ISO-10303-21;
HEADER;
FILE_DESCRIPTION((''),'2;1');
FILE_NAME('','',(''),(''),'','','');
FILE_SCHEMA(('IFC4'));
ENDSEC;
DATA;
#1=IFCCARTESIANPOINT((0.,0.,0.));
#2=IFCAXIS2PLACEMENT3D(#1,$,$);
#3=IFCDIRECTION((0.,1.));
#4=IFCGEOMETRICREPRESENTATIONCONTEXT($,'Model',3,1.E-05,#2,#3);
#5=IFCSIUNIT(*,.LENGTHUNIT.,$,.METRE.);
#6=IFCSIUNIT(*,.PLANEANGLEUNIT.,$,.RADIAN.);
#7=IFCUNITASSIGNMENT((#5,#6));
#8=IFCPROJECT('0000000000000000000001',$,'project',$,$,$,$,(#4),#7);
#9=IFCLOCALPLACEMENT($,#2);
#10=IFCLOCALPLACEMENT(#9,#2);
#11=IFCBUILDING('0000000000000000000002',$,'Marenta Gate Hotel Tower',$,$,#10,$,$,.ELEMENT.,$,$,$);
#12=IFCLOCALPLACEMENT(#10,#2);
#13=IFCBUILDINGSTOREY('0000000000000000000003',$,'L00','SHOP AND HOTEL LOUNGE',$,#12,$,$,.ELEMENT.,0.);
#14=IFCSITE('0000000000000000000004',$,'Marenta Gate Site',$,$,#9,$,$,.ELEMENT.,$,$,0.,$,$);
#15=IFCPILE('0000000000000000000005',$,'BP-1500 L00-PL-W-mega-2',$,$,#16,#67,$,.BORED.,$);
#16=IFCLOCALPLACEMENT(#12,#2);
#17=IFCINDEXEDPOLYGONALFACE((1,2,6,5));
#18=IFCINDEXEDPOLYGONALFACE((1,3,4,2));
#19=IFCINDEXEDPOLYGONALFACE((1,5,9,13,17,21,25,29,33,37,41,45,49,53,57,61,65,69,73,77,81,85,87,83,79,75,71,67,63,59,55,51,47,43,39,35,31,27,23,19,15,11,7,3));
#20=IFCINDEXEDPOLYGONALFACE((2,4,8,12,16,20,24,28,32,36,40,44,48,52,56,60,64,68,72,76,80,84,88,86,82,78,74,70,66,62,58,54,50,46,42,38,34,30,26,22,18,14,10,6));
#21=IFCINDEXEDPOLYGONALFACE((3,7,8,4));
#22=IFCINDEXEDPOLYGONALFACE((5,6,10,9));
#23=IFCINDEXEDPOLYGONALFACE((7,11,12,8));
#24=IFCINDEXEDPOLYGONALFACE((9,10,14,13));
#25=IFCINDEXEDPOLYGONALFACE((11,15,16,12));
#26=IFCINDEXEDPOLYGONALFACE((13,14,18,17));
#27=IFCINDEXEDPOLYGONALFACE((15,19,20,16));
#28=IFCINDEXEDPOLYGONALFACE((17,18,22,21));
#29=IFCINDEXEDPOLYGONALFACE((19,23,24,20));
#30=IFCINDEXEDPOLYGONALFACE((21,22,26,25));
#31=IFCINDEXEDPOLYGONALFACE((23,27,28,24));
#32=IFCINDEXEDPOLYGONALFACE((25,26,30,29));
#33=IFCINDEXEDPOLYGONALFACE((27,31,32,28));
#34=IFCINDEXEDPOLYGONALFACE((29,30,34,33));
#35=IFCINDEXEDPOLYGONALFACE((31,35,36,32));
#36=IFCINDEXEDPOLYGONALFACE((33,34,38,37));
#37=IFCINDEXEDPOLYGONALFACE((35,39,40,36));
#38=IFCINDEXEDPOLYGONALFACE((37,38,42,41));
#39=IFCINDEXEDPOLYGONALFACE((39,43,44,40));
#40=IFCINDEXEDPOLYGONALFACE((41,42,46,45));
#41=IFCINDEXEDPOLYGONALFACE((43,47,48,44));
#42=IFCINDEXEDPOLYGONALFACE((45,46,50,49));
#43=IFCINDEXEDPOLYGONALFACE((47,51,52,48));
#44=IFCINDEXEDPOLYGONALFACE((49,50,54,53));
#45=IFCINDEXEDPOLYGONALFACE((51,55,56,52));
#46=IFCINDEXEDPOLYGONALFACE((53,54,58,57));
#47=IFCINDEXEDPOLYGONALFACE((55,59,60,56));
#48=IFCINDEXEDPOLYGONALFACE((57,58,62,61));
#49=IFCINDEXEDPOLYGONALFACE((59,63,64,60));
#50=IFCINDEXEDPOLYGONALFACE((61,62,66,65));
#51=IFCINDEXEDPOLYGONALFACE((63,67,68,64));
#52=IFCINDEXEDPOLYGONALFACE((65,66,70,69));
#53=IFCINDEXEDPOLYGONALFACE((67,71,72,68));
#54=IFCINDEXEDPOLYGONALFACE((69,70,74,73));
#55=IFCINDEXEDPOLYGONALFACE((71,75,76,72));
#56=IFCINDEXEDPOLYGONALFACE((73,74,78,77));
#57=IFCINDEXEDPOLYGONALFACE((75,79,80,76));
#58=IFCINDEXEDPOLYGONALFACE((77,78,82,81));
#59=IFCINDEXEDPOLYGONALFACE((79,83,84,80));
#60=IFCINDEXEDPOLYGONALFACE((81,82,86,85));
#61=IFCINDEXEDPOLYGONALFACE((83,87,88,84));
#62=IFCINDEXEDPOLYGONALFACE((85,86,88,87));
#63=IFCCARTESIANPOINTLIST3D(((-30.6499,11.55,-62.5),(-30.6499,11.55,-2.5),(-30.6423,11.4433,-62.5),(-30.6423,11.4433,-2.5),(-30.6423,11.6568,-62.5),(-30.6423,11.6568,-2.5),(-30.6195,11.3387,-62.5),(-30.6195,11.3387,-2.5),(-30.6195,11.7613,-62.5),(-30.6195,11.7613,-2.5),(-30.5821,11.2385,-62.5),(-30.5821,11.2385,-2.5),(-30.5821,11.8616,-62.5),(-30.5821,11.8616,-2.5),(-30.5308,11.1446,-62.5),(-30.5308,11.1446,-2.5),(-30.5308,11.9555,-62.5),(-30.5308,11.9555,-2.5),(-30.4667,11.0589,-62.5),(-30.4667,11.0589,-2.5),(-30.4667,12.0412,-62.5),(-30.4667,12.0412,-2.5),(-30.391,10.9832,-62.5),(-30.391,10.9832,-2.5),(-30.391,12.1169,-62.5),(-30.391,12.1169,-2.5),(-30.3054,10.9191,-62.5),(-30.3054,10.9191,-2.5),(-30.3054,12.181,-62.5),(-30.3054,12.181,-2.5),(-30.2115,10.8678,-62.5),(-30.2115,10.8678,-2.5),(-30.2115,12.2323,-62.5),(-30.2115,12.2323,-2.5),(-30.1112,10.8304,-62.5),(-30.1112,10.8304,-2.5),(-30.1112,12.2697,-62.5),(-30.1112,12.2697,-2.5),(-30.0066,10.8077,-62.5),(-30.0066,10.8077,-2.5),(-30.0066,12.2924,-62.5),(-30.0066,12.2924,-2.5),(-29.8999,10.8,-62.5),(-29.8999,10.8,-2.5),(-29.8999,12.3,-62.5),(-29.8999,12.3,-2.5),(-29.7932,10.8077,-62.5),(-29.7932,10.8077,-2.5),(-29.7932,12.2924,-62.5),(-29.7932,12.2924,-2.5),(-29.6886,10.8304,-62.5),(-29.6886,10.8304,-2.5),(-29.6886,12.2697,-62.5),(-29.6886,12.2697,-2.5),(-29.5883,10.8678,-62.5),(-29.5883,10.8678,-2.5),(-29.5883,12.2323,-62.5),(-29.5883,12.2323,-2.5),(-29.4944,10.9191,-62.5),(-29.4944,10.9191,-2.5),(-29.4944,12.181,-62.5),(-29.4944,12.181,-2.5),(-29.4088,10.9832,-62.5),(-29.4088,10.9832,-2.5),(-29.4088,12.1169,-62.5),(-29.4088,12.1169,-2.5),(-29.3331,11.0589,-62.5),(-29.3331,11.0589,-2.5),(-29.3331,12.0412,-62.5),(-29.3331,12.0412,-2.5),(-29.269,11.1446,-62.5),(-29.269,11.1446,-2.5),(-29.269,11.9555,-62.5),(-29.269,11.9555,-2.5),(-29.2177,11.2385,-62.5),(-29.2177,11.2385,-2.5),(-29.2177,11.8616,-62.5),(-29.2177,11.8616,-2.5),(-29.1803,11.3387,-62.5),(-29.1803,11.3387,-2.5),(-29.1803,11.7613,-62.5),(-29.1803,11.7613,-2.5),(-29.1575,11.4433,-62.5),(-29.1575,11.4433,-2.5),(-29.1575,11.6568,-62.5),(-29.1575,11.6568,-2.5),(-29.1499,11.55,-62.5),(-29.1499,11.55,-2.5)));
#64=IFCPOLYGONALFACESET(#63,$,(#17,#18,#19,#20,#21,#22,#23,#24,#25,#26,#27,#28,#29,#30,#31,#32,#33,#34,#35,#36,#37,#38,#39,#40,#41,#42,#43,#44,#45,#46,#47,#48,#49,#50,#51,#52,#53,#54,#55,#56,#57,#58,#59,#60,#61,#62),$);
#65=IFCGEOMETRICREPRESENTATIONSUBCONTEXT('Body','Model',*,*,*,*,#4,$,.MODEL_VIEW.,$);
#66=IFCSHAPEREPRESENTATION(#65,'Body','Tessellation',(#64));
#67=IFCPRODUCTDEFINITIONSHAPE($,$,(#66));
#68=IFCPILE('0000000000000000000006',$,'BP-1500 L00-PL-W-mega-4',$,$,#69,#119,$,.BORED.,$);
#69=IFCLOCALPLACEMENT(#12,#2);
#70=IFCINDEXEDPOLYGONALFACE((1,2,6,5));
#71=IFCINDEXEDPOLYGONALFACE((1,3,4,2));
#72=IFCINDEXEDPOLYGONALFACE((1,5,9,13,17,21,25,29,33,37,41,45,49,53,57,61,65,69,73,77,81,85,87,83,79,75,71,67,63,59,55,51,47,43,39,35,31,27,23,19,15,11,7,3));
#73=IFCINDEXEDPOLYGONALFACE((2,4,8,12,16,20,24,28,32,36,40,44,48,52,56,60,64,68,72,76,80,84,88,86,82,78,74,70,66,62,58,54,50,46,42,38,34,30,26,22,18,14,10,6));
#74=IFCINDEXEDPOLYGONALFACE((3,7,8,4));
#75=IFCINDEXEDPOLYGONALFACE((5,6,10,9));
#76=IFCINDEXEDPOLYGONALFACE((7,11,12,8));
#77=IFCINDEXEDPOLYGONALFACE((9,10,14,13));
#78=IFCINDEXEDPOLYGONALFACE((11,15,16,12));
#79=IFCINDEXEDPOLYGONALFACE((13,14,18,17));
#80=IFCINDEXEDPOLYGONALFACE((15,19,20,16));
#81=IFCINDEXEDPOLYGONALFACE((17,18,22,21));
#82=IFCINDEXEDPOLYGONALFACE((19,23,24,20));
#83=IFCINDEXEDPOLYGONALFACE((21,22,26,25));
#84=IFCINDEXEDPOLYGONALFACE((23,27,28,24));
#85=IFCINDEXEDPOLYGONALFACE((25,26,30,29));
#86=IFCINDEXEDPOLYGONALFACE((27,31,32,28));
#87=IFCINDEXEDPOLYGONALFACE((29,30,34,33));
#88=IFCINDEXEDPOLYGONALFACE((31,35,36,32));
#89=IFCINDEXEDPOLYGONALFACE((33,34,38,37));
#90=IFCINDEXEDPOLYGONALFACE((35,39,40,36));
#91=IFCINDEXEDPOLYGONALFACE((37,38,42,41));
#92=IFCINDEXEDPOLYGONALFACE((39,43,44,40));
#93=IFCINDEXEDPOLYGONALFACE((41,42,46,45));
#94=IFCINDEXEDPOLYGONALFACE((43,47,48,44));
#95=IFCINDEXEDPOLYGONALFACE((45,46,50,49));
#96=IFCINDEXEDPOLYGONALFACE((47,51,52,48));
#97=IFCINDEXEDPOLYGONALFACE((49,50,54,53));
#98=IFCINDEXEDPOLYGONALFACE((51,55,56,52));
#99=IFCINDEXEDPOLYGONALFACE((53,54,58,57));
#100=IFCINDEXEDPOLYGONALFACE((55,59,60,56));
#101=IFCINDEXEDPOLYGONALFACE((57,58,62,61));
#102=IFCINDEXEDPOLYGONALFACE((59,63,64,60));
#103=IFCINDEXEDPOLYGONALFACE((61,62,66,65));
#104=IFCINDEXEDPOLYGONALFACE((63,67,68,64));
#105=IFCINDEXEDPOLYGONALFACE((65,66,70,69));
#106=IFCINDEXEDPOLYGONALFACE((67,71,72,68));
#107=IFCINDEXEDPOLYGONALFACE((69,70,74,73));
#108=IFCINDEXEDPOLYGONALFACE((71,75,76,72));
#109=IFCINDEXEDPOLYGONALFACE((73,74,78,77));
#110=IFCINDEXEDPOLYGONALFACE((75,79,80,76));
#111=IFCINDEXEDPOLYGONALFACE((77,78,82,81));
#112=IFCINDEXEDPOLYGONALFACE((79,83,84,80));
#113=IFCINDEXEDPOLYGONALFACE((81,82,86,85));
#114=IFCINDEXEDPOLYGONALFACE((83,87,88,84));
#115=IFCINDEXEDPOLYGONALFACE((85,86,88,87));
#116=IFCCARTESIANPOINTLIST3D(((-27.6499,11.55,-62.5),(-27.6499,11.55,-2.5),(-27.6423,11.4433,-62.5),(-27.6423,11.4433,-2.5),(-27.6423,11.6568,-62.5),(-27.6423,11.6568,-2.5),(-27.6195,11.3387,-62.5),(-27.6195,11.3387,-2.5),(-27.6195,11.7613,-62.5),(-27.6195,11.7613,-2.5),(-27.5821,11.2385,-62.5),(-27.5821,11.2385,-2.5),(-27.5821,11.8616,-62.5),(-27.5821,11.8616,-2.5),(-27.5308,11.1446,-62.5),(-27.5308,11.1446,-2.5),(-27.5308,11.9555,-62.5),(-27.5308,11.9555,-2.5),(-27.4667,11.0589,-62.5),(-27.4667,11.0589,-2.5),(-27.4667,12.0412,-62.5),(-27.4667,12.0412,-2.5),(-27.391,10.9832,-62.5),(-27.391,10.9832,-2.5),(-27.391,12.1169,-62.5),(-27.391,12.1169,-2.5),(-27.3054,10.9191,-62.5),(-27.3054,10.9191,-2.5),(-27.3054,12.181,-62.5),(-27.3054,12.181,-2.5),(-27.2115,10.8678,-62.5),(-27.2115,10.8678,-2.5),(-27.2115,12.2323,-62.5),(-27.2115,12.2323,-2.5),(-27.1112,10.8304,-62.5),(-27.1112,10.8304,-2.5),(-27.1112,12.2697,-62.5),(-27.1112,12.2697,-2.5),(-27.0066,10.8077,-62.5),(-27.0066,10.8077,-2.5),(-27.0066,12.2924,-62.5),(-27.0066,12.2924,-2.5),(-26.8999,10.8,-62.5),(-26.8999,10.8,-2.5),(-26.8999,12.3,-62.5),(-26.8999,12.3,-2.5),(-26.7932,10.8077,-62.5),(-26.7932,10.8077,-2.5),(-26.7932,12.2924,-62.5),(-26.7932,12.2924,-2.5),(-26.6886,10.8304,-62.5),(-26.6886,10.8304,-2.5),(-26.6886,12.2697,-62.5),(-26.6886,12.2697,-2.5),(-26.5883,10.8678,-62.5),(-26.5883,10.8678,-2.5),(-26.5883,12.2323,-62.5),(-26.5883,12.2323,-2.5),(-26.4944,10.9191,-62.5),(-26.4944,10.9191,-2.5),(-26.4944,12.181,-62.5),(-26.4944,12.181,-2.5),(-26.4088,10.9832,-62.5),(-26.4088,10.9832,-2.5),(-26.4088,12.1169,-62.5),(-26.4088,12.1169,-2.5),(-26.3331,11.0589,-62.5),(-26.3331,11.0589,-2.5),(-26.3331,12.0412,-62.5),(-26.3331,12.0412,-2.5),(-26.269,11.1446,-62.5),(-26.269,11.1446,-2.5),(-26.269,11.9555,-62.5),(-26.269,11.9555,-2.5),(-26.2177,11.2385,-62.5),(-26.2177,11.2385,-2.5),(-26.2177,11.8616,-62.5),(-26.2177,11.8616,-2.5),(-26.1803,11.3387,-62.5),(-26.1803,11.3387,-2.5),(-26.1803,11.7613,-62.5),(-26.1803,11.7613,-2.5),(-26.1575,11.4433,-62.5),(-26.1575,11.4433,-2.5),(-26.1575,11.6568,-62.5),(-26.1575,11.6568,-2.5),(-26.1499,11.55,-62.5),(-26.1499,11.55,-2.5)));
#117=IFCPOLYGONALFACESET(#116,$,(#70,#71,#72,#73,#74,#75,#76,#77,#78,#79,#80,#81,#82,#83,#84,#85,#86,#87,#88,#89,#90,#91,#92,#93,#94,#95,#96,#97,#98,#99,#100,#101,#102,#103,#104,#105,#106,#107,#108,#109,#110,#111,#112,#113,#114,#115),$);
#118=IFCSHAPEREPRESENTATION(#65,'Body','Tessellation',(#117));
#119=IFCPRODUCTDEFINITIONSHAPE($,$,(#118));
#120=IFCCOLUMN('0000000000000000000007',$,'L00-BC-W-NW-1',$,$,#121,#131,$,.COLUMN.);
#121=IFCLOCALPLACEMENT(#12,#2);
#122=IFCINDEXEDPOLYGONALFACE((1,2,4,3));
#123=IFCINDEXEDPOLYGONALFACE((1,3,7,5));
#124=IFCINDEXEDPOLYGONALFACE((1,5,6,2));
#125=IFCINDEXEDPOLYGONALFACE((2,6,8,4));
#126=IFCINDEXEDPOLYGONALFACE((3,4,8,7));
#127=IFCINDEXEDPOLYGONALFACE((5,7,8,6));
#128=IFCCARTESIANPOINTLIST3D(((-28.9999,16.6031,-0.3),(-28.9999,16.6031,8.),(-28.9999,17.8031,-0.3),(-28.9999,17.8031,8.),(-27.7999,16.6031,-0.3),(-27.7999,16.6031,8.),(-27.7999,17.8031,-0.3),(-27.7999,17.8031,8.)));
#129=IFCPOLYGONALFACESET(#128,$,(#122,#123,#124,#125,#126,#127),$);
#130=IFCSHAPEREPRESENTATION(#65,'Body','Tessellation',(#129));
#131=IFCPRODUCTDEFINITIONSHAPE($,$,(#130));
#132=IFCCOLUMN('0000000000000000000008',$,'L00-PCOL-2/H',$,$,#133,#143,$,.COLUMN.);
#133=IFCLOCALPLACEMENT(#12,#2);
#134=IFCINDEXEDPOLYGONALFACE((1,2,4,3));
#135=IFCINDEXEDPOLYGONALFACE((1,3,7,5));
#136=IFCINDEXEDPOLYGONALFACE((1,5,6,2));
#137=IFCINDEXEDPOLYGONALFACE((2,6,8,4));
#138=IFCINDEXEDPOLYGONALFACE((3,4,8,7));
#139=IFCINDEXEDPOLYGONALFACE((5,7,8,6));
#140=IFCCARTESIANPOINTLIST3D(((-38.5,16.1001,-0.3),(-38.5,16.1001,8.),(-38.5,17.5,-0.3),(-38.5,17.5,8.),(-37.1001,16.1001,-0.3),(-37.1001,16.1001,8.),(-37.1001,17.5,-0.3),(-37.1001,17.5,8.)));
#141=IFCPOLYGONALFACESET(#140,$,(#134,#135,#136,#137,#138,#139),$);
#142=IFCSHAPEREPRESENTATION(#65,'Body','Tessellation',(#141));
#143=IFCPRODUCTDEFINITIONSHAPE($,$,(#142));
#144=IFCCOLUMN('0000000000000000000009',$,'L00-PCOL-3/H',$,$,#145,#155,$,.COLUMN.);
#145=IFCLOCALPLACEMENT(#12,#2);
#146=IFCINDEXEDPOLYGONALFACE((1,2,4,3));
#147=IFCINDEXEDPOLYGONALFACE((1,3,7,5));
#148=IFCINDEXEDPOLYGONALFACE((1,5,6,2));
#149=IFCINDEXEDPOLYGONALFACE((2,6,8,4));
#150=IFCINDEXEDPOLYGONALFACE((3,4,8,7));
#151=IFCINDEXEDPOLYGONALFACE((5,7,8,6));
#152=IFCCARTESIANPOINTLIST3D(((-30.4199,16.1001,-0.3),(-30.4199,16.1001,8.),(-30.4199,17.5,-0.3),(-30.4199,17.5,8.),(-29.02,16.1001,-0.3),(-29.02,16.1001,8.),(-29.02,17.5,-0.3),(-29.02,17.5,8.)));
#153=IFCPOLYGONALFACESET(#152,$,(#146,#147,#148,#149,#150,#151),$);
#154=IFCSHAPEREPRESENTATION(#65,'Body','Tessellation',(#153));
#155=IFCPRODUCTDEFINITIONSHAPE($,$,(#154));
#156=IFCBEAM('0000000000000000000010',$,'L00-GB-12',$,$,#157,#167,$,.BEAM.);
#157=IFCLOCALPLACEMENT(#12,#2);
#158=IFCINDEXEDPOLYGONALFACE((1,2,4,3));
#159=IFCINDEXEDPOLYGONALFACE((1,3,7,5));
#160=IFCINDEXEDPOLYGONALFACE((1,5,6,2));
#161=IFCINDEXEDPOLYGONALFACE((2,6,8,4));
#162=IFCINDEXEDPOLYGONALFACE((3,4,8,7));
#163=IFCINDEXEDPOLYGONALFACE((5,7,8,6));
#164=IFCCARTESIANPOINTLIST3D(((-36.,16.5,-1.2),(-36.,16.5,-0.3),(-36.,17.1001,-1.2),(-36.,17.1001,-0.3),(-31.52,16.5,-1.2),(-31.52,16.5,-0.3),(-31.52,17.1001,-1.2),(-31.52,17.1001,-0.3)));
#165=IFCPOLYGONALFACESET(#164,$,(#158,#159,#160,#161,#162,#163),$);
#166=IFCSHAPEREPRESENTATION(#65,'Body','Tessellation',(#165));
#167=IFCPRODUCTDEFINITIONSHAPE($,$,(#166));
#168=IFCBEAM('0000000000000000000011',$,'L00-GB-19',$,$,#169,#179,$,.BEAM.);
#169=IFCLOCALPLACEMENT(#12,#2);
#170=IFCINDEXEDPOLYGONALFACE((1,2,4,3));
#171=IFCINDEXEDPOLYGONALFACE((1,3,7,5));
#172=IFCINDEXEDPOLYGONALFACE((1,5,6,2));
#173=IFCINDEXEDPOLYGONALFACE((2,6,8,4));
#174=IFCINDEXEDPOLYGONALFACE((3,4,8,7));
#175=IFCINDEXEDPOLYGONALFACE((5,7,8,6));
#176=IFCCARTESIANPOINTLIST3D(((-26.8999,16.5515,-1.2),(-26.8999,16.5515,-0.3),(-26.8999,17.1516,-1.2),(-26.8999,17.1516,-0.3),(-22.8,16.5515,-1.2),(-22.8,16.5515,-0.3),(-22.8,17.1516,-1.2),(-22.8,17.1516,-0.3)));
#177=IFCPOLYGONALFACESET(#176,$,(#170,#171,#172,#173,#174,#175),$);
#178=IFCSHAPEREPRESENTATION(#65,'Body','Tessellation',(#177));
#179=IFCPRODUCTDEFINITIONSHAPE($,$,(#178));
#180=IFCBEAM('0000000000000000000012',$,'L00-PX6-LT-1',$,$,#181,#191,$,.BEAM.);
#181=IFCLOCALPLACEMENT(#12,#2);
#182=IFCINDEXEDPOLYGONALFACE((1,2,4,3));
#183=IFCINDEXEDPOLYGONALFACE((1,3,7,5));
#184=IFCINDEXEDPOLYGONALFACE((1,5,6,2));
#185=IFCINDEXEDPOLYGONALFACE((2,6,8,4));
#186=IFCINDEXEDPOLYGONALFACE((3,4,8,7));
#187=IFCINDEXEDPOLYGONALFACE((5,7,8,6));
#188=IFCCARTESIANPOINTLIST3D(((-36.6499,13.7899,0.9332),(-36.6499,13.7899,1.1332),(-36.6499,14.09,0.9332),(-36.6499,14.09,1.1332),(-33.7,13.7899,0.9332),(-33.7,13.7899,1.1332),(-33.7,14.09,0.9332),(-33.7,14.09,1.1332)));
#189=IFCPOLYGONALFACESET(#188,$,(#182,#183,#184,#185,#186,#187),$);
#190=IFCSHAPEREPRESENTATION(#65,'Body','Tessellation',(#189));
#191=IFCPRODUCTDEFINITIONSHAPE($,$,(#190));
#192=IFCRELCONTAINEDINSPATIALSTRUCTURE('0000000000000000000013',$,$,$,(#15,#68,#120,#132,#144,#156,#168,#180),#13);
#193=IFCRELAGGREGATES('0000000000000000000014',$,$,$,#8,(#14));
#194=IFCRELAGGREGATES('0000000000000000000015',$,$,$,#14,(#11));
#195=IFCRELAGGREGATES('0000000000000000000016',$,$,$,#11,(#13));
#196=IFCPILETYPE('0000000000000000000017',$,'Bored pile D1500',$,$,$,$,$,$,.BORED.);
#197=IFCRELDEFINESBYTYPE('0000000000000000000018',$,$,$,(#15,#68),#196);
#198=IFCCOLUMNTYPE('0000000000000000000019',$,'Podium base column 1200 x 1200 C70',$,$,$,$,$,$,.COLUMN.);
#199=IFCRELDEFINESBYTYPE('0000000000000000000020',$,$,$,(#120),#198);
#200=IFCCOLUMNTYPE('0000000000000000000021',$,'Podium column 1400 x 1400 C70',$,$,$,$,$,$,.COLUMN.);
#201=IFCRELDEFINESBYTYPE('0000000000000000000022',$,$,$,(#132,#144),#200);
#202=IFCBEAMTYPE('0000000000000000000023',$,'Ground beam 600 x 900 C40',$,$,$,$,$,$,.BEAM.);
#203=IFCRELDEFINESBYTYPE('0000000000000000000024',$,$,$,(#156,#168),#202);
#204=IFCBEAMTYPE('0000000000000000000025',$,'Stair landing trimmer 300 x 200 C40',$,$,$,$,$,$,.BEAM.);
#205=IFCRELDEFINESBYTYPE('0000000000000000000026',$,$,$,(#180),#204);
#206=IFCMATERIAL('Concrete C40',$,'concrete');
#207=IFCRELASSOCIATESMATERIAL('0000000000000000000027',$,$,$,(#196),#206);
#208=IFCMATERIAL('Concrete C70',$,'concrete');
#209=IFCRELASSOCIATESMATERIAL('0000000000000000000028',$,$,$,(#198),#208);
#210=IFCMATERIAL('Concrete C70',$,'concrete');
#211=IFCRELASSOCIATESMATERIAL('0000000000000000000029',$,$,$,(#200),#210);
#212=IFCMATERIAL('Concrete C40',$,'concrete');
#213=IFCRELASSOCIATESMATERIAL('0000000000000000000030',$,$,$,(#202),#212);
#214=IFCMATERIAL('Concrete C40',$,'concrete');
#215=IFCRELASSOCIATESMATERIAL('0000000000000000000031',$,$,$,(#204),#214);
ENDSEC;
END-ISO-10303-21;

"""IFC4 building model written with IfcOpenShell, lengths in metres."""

from ifc_helpers import new_model, si_unit, direction, frame, origin, origin_2d, place, context, subcontext, project, spatial, rectangle, circle, extrude, material, material_profile, profile_set, type_object, element, save


model = new_model("IFC4")

# Units and contexts
model_context = context("Model", 3, precision=1e-05, world=origin(), true_north=direction((0.0, 1.0)))
body_context = subcontext(model_context, "Body", "Model", "MODEL_VIEW")
ifc_project = project(units=[si_unit("LENGTHUNIT", "METRE"), si_unit("PLANEANGLEUNIT", "RADIAN")], contexts=[model_context])

# Site, building, storey
site_placement = place(None, origin())
site = spatial("IfcSite", under=ifc_project, at=site_placement, Name="Marenta Gate Site", CompositionType="ELEMENT", RefElevation=0.0)
building_placement = place(site_placement, origin())
building = spatial("IfcBuilding", under=site, at=building_placement, Name="Marenta Gate Hotel Tower", CompositionType="ELEMENT")
storey_placement = place(building_placement, origin())
storey = spatial("IfcBuildingStorey", under=building, at=storey_placement, Name="L00", Description="SHOP AND HOTEL LOUNGE", CompositionType="ELEMENT", Elevation=0.0)

# Piles
ifc_material_1 = material(Name="Concrete C40", Category="concrete")
pile_type = type_object("IfcPileType", Name="Bored pile D1500", PredefinedType="BORED", material=ifc_material_1)
for number, where, z_axis, x_axis, name in (
    (1, (-29.8999, 11.55, -2.5), (0.0, 0.0, -1.0), (1.0, 0.0, 0.0), "BP-1500 L00-PL-W-mega-2"),
    (2, (-26.8999, 11.55, -2.5), (0.0, 0.0, -1.0), (1.0, 0.0, 0.0), "BP-1500 L00-PL-W-mega-4"),
):
    element("IfcPile", number, at=place(storey_placement, frame(where, z_axis=z_axis, x_axis=x_axis)), inside=storey, type_object=pile_type, Name=name, PredefinedType="BORED", context=body_context, shape_type="SweptSolid", body=[
        extrude(circle(Radius=0.75, at=origin_2d()), origin(), (0.0, 0.0, 1.0), 60.0),
    ])

# Columns
ifc_material_2 = material(Name="Concrete C70", Category="concrete")
ifc_material_profile_1 = material_profile(ifc_material_2, rectangle(XDim=1.2, YDim=1.2, at=origin_2d()), Name="1200 x 1200")
ifc_profile_set_1 = profile_set([ifc_material_profile_1], Name="Concrete C70")
column_type_1 = type_object("IfcColumnType", Name="Podium base column 1200 x 1200 C70", PredefinedType="COLUMN", material=ifc_profile_set_1)
column_placement = place(storey_placement, frame((-28.3999, 17.2031, -0.3), z_axis=(0.0, 0.0, 1.0), x_axis=(1.0, 0.0, 0.0)))
element("IfcColumn", 3, at=column_placement, inside=storey, type_object=column_type_1, Name="L00-BC-W-NW-1", PredefinedType="COLUMN", context=body_context, shape_type="SweptSolid", body=[
    extrude(rectangle(XDim=1.2, YDim=1.2, at=origin_2d()), origin(), (0.0, 0.0, 1.0), 8.3),
])
ifc_material_3 = material(Name="Concrete C70", Category="concrete")
ifc_material_profile_2 = material_profile(ifc_material_3, rectangle(XDim=1.3999, YDim=1.3999, at=origin_2d()), Name="1400 x 1400")
ifc_profile_set_2 = profile_set([ifc_material_profile_2], Name="Concrete C70")
column_type_2 = type_object("IfcColumnType", Name="Podium column 1400 x 1400 C70", PredefinedType="COLUMN", material=ifc_profile_set_2)
for number, where, z_axis, x_axis, name in (
    (4, (-37.8, 16.8, -0.3), (0.0, 0.0, 1.0), (1.0, 0.0, 0.0), "L00-PCOL-2/H"),
    (5, (-29.72, 16.8, -0.3), (0.0, 0.0, 1.0), (1.0, 0.0, 0.0), "L00-PCOL-3/H"),
):
    element("IfcColumn", number, at=place(storey_placement, frame(where, z_axis=z_axis, x_axis=x_axis)), inside=storey, type_object=column_type_2, Name=name, PredefinedType="COLUMN", context=body_context, shape_type="SweptSolid", body=[
        extrude(rectangle(XDim=1.3999, YDim=1.3999, at=origin_2d()), origin(), (0.0, 0.0, 1.0), 8.3),
    ])

# Beams
ifc_material_4 = material(Name="Concrete C40", Category="concrete")
ifc_material_profile_3 = material_profile(ifc_material_4, rectangle(XDim=0.6001, YDim=0.8999, at=origin_2d()), Name="600 x 900")
ifc_profile_set_3 = profile_set([ifc_material_profile_3], Name="Concrete C40")
beam_type_1 = type_object("IfcBeamType", Name="Ground beam 600 x 900 C40", PredefinedType="BEAM", material=ifc_profile_set_3)
beam_1_placement = place(storey_placement, frame((-36.0, 16.8, -0.75), z_axis=(1.0, 0.0, 0.0), x_axis=(0.0, 1.0, 0.0)))
element("IfcBeam", 6, at=beam_1_placement, inside=storey, type_object=beam_type_1, Name="L00-GB-12", PredefinedType="BEAM", context=body_context, shape_type="SweptSolid", body=[
    extrude(rectangle(XDim=0.6001, YDim=0.8999, at=origin_2d()), origin(), (0.0, 0.0, 1.0), 4.48),
])
beam_2_placement = place(storey_placement, frame((-26.8999, 16.8516, -0.75), z_axis=(1.0, 0.0, 0.0), x_axis=(0.0, 1.0, 0.0)))
element("IfcBeam", 7, at=beam_2_placement, inside=storey, type_object=beam_type_1, Name="L00-GB-19", PredefinedType="BEAM", context=body_context, shape_type="SweptSolid", body=[
    extrude(rectangle(XDim=0.6001, YDim=0.8999, at=origin_2d()), origin(), (0.0, 0.0, 1.0), 4.0999),
])
ifc_material_5 = material(Name="Concrete C40", Category="concrete")
ifc_material_profile_4 = material_profile(ifc_material_5, rectangle(XDim=0.3, YDim=0.2, at=origin_2d()), Name="300 x 200")
ifc_profile_set_4 = profile_set([ifc_material_profile_4], Name="Concrete C40")
beam_type_2 = type_object("IfcBeamType", Name="Stair landing trimmer 300 x 200 C40", PredefinedType="BEAM", material=ifc_profile_set_4)
for number, where, z_axis, x_axis, name in (
    (8, (-36.6499, 13.9399, 1.0332), (1.0, 0.0, 0.0), (0.0, 1.0, 0.0), "L00-PX6-LT-1"),
):
    element("IfcBeam", number, at=place(storey_placement, frame(where, z_axis=z_axis, x_axis=x_axis)), inside=storey, type_object=beam_type_2, Name=name, PredefinedType="BEAM", context=body_context, shape_type="SweptSolid", body=[
        extrude(rectangle(XDim=0.3, YDim=0.2, at=origin_2d()), origin(), (0.0, 0.0, 1.0), 2.95),
    ])

save(model, "model.ifc")
